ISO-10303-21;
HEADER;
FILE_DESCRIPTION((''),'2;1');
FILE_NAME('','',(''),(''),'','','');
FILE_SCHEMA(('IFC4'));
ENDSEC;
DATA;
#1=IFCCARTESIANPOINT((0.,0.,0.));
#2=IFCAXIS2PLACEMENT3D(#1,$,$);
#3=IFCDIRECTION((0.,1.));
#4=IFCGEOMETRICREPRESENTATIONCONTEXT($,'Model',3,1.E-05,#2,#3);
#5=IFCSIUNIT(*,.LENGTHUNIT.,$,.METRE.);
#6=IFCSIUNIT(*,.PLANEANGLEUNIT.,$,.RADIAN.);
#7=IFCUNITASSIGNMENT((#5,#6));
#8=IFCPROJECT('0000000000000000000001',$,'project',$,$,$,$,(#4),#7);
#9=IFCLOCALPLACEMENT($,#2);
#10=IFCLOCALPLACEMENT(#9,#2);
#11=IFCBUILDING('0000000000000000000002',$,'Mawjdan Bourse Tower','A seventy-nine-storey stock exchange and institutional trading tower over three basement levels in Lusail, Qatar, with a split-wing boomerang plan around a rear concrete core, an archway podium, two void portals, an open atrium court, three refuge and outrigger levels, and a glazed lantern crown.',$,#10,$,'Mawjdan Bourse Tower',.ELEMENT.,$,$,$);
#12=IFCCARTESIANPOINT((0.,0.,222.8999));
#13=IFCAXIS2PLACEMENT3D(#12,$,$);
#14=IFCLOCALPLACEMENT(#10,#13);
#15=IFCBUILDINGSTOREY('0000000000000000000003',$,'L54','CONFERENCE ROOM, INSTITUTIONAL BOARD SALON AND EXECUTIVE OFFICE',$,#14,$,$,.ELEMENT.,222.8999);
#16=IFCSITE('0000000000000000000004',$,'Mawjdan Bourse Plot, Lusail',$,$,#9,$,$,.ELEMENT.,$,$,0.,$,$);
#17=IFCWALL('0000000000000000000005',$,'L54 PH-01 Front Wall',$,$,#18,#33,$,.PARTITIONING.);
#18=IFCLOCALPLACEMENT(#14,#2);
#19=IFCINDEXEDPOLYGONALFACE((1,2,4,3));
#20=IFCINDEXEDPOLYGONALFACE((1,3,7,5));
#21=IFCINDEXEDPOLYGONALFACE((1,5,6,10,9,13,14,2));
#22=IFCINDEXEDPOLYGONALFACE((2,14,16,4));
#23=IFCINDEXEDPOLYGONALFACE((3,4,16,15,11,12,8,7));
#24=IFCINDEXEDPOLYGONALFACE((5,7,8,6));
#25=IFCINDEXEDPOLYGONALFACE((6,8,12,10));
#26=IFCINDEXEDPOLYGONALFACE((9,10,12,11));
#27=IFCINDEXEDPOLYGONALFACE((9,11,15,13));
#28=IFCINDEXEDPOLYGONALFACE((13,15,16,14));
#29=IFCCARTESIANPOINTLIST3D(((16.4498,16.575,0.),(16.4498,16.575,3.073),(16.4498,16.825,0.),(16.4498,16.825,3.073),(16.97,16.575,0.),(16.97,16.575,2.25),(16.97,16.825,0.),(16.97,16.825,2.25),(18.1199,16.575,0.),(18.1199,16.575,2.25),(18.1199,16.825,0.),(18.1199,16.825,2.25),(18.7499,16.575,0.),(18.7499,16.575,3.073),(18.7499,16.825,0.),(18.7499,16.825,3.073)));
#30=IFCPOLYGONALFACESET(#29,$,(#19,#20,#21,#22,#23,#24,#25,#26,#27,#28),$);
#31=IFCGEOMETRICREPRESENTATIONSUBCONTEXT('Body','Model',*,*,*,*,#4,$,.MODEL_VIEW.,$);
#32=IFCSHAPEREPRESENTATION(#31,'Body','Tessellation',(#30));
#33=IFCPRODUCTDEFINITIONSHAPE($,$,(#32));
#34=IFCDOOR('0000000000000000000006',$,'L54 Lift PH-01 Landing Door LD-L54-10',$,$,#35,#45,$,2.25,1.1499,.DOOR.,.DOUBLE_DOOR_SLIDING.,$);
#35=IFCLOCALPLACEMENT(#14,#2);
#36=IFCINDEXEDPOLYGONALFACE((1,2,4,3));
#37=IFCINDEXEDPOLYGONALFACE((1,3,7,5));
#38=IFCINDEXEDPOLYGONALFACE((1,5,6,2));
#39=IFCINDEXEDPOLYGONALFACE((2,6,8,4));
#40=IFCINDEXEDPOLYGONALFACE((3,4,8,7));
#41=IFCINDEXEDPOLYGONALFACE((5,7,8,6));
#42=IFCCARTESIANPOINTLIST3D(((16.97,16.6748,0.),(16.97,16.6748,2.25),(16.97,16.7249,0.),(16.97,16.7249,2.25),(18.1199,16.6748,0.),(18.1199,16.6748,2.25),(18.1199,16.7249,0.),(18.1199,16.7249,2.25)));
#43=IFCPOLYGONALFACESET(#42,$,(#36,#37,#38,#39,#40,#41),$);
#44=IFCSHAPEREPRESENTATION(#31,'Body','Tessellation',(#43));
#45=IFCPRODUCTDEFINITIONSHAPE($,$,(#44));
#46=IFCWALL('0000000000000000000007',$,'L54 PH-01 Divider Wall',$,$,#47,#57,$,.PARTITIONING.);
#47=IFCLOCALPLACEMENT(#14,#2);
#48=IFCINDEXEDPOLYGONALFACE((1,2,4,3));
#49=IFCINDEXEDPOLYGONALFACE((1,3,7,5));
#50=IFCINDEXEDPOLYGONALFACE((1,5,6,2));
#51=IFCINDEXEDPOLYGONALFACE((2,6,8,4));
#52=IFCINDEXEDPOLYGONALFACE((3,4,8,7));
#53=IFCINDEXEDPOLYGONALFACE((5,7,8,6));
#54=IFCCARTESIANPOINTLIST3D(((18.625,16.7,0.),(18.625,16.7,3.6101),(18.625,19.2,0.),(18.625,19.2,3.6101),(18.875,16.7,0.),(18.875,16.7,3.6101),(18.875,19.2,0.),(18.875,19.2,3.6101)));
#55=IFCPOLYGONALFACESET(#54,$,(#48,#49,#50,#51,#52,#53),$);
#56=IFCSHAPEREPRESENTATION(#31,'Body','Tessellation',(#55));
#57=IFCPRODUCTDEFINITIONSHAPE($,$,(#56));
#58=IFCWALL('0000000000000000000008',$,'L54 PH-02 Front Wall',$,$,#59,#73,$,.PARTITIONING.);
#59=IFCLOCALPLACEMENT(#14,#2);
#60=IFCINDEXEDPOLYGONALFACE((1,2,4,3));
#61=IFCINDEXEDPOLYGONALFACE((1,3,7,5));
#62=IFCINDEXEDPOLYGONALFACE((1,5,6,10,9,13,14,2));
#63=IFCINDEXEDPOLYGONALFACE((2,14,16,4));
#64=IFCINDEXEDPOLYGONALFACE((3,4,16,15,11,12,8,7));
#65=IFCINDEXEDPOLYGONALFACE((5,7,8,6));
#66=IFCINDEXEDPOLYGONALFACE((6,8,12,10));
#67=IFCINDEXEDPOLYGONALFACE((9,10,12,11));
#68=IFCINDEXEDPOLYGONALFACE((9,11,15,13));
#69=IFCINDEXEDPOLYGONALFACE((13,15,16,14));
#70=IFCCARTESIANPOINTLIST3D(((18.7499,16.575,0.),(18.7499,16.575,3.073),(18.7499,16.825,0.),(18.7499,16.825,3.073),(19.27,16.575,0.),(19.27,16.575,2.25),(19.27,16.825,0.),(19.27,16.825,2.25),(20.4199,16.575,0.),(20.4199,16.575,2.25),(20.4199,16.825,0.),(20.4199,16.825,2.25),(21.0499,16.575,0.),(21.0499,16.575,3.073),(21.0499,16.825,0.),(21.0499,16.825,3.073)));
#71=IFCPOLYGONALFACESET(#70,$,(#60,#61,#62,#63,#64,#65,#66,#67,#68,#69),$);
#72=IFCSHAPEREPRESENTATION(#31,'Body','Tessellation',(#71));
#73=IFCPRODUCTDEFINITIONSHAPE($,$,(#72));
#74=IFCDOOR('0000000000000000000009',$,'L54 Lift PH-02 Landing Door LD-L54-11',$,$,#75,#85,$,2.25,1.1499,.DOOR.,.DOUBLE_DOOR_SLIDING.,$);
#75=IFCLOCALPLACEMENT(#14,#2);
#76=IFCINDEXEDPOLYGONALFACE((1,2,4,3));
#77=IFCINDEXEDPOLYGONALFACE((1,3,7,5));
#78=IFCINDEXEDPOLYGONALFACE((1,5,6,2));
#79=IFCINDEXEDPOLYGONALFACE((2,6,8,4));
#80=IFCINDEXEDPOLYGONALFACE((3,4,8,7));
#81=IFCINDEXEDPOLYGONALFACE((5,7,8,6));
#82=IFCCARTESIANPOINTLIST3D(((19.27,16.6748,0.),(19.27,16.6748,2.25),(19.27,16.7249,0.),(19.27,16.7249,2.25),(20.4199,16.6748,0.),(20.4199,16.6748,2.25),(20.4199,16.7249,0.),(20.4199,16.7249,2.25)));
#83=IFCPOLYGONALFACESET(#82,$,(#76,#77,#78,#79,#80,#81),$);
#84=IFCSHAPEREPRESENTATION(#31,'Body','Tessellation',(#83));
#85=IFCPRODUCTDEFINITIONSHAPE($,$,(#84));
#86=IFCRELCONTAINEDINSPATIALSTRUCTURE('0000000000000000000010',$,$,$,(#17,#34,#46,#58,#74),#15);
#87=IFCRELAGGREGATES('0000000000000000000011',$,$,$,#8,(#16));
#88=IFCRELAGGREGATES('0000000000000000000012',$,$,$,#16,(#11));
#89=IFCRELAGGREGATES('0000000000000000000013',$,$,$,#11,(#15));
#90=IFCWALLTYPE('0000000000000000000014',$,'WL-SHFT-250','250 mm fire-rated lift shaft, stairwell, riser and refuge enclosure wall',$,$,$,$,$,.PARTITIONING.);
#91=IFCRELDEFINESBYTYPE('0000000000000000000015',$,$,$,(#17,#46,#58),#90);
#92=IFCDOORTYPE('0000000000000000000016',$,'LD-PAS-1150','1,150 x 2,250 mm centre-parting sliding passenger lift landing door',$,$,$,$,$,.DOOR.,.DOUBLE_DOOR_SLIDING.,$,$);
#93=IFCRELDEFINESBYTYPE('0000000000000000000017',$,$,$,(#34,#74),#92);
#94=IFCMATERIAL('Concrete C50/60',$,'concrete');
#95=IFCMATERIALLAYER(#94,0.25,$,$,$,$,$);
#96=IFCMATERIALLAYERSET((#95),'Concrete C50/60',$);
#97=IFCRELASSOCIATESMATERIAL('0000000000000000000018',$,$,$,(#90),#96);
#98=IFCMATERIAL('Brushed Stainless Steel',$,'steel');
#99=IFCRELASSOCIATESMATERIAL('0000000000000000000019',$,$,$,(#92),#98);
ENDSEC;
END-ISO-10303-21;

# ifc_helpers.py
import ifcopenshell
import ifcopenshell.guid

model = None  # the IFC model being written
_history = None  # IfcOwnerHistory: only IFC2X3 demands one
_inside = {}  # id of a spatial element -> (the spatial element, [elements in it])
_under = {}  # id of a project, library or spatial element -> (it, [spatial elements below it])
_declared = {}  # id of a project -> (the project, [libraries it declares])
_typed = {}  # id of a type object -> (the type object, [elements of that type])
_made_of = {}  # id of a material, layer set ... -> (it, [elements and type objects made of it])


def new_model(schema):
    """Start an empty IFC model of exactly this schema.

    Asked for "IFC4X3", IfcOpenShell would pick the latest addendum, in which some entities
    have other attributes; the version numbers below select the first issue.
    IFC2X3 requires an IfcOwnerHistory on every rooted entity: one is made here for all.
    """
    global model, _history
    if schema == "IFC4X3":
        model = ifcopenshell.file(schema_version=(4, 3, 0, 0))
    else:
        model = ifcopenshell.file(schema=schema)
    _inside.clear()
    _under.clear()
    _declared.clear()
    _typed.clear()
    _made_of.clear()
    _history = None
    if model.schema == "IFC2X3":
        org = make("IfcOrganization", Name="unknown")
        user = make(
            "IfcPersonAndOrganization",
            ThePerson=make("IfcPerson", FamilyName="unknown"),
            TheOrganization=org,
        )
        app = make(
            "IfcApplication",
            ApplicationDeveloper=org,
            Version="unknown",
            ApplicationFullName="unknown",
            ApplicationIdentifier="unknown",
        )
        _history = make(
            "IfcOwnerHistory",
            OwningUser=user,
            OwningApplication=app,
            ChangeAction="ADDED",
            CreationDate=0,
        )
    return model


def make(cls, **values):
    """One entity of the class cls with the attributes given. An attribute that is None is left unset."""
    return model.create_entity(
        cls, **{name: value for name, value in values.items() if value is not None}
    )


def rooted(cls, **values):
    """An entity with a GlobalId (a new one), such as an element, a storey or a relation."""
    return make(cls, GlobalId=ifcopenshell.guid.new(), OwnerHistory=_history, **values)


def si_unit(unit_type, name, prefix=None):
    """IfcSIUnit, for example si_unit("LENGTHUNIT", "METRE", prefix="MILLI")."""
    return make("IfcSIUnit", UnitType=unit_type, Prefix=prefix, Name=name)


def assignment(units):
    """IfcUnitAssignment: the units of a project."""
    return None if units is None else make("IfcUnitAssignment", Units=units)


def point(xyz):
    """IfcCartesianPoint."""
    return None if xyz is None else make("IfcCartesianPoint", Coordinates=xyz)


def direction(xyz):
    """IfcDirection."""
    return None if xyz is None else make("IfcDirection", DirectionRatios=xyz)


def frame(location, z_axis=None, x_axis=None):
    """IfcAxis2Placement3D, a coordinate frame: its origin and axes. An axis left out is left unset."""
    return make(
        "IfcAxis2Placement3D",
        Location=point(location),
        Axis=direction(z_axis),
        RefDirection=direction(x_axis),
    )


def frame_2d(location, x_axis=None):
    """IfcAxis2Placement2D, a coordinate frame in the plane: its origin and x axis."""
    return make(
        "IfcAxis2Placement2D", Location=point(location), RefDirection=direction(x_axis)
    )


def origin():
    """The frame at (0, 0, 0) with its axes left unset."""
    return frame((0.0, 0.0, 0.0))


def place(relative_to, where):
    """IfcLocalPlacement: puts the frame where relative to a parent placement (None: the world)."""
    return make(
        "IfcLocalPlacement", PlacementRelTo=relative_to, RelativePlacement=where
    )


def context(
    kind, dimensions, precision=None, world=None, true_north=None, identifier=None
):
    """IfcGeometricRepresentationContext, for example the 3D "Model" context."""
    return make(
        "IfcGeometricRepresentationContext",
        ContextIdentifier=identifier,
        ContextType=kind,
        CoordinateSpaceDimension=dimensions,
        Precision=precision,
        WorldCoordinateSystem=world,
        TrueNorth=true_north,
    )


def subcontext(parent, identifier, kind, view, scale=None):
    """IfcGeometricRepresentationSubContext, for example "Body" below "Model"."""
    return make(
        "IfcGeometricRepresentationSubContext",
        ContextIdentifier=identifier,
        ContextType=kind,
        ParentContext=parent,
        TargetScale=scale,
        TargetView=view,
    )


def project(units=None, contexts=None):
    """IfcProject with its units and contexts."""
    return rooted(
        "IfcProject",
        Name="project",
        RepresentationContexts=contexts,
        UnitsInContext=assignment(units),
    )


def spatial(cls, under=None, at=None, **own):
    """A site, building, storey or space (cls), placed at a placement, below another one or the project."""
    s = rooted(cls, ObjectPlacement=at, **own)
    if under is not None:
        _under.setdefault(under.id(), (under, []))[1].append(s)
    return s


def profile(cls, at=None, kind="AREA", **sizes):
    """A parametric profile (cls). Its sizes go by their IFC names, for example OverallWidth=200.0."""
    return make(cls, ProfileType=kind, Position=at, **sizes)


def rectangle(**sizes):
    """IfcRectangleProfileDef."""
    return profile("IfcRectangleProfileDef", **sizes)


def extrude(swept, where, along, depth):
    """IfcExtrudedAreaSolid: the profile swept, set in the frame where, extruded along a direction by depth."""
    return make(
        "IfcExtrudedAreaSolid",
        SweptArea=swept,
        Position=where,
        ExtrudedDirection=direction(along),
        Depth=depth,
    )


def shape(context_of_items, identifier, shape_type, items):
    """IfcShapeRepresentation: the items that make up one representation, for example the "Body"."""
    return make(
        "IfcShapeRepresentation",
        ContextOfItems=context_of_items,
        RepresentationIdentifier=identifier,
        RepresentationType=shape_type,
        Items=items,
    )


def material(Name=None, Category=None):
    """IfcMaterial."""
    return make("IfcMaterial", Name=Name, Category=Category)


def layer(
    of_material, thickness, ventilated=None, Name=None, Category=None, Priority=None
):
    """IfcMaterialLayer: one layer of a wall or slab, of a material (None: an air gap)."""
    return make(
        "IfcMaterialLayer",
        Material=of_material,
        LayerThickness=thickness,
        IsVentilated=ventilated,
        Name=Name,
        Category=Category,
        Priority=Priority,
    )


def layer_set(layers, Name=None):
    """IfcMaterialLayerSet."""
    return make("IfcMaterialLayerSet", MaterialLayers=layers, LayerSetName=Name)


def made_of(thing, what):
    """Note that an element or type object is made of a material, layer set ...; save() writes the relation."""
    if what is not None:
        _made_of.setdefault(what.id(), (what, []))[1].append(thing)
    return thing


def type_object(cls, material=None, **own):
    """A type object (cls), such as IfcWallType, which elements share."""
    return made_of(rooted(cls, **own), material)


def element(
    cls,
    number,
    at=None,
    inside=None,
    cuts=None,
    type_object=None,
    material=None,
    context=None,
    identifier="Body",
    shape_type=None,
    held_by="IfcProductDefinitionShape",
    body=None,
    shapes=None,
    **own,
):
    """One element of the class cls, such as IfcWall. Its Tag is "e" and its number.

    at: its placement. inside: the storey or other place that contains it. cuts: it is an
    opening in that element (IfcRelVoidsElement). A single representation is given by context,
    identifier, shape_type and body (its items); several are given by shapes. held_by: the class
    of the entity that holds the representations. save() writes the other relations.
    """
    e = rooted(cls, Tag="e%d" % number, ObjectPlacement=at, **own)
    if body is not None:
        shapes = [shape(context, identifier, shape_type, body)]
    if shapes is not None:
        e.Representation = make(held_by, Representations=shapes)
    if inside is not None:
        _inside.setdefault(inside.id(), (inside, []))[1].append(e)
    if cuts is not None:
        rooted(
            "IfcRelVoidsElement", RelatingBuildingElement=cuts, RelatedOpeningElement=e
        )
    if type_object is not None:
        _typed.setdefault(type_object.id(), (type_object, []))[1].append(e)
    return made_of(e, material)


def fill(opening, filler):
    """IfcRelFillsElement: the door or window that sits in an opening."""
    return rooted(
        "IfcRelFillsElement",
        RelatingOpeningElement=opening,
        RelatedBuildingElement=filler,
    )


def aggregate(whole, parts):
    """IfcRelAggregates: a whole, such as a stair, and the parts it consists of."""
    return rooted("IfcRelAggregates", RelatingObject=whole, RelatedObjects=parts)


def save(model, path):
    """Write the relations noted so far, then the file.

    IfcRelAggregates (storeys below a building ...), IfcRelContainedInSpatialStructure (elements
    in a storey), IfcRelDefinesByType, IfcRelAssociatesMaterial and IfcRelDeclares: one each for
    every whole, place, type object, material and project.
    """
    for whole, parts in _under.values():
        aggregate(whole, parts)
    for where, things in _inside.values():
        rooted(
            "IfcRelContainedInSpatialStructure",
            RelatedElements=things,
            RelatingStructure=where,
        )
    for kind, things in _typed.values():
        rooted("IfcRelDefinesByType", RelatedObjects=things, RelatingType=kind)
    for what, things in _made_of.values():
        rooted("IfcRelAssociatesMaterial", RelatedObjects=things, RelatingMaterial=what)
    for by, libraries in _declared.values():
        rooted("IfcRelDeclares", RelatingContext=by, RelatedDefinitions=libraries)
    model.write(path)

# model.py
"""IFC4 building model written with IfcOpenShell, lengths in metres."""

from ifc_helpers import new_model, si_unit, direction, frame, frame_2d, origin, place, context, subcontext, project, spatial, rectangle, extrude, material, layer, layer_set, type_object, element, fill, save


model = new_model("IFC4")

# Units and contexts
model_context = context("Model", 3, precision=1e-05, world=origin(), true_north=direction((0.0, 1.0)))
body_context = subcontext(model_context, "Body", "Model", "MODEL_VIEW")
ifc_project = project(units=[si_unit("LENGTHUNIT", "METRE"), si_unit("PLANEANGLEUNIT", "RADIAN")], contexts=[model_context])

# Site, building, storey
site_placement = place(None, origin())
site = spatial("IfcSite", under=ifc_project, at=site_placement, Name="Mawjdan Bourse Plot, Lusail", CompositionType="ELEMENT", RefElevation=0.0)
building_placement = place(site_placement, origin())
building = spatial("IfcBuilding", under=site, at=building_placement, Name="Mawjdan Bourse Tower", Description="A seventy-nine-storey stock exchange and institutional trading tower over three basement levels in Lusail, Qatar, with a split-wing boomerang plan around a rear concrete core, an archway podium, two void portals, an open atrium court, three refuge and outrigger levels, and a glazed lantern crown.", LongName="Mawjdan Bourse Tower", CompositionType="ELEMENT")
storey_placement = place(building_placement, frame((0.0, 0.0, 222.8999)))
storey = spatial("IfcBuildingStorey", under=building, at=storey_placement, Name="L54", Description="CONFERENCE ROOM, INSTITUTIONAL BOARD SALON AND EXECUTIVE OFFICE", CompositionType="ELEMENT", Elevation=222.8999)

# Shared definitions
ifc_material_1 = material(Name="Concrete C50/60", Category="concrete")
ifc_layer_1 = layer(ifc_material_1, 0.25)
ifc_layer_set_1 = layer_set([ifc_layer_1], Name="Concrete C50/60")
wall_type_1 = type_object("IfcWallType", Name="WL-SHFT-250", Description="250 mm fire-rated lift shaft, stairwell, riser and refuge enclosure wall", PredefinedType="PARTITIONING", material=ifc_layer_set_1)
ifc_material_2 = material(Name="Brushed Stainless Steel", Category="steel")

# Wall, opening, door
wall_1_placement = place(storey_placement, frame((16.45, 16.7, 0.0), z_axis=(0.0, 0.0, 1.0), x_axis=(1.0, 0.0, 0.0)))
wall_1 = element("IfcWall", 1, at=wall_1_placement, inside=storey, type_object=wall_type_1, Name="L54 PH-01 Front Wall", PredefinedType="PARTITIONING", context=body_context, shape_type="SweptSolid", body=[
    extrude(rectangle(XDim=2.3, YDim=0.25, at=frame_2d((1.1499, 0.0))), origin(), (0.0, 0.0, 1.0), 3.073),
])
opening_1_placement = place(wall_1_placement, frame((0.52, 0.0, 0.0)))
opening_1 = element("IfcOpeningElement", 2, at=opening_1_placement, cuts=wall_1, PredefinedType="OPENING", context=body_context, shape_type="SweptSolid", body=[
    extrude(rectangle(XDim=1.1499, YDim=2.25, at=frame_2d((0.575, 1.125))), frame((0.0, 0.135, 0.0), z_axis=(0.0, -1.0, 0.0), x_axis=(1.0, 0.0, 0.0)), (0.0, 0.0, 1.0), 0.27),
])
door_type_1 = type_object("IfcDoorType", Name="LD-PAS-1150", Description="1,150 x 2,250 mm centre-parting sliding passenger lift landing door", OperationType="DOUBLE_DOOR_SLIDING", PredefinedType="DOOR", material=ifc_material_2)
door_1_placement = place(opening_1_placement, origin())
door_1 = element("IfcDoor", 3, at=door_1_placement, inside=storey, type_object=door_type_1, Name="L54 Lift PH-01 Landing Door LD-L54-10", OperationType="DOUBLE_DOOR_SLIDING", OverallHeight=2.25, OverallWidth=1.1499, PredefinedType="DOOR", context=body_context, shape_type="SweptSolid", body=[
    extrude(rectangle(XDim=1.1499, YDim=2.25, at=frame_2d((0.575, 1.125))), frame((0.0, 0.0249, 0.0), z_axis=(0.0, -1.0, 0.0), x_axis=(1.0, 0.0, 0.0)), (0.0, 0.0, 1.0), 0.05),
])
fill(opening_1, door_1)

# Wall
wall_2_placement = place(storey_placement, frame((18.75, 16.7, 0.0), z_axis=(0.0, 0.0, 1.0), x_axis=(0.0, 1.0, 0.0)))
element("IfcWall", 4, at=wall_2_placement, inside=storey, type_object=wall_type_1, Name="L54 PH-01 Divider Wall", PredefinedType="PARTITIONING", context=body_context, shape_type="SweptSolid", body=[
    extrude(rectangle(XDim=2.5, YDim=0.25, at=frame_2d((1.25, 0.0))), origin(), (0.0, 0.0, 1.0), 3.6101),
])

# Wall, opening, door
wall_3_placement = place(storey_placement, frame((18.75, 16.7, 0.0), z_axis=(0.0, 0.0, 1.0), x_axis=(1.0, 0.0, 0.0)))
wall_3 = element("IfcWall", 5, at=wall_3_placement, inside=storey, type_object=wall_type_1, Name="L54 PH-02 Front Wall", PredefinedType="PARTITIONING", context=body_context, shape_type="SweptSolid", body=[
    extrude(rectangle(XDim=2.3, YDim=0.25, at=frame_2d((1.1499, 0.0))), origin(), (0.0, 0.0, 1.0), 3.073),
])
opening_2_placement = place(wall_3_placement, frame((0.52, 0.0, 0.0)))
opening_2 = element("IfcOpeningElement", 6, at=opening_2_placement, cuts=wall_3, PredefinedType="OPENING", context=body_context, shape_type="SweptSolid", body=[
    extrude(rectangle(XDim=1.1499, YDim=2.25, at=frame_2d((0.575, 1.125))), frame((0.0, 0.135, 0.0), z_axis=(0.0, -1.0, 0.0), x_axis=(1.0, 0.0, 0.0)), (0.0, 0.0, 1.0), 0.27),
])
door_2_placement = place(opening_2_placement, origin())
door_2 = element("IfcDoor", 7, at=door_2_placement, inside=storey, type_object=door_type_1, Name="L54 Lift PH-02 Landing Door LD-L54-11", OperationType="DOUBLE_DOOR_SLIDING", OverallHeight=2.25, OverallWidth=1.1499, PredefinedType="DOOR", context=body_context, shape_type="SweptSolid", body=[
    extrude(rectangle(XDim=1.1499, YDim=2.25, at=frame_2d((0.575, 1.125))), frame((0.0, 0.0249, 0.0), z_axis=(0.0, -1.0, 0.0), x_axis=(1.0, 0.0, 0.0)), (0.0, 0.0, 1.0), 0.05),
])
fill(opening_2, door_2)

save(model, "model.ifc")
